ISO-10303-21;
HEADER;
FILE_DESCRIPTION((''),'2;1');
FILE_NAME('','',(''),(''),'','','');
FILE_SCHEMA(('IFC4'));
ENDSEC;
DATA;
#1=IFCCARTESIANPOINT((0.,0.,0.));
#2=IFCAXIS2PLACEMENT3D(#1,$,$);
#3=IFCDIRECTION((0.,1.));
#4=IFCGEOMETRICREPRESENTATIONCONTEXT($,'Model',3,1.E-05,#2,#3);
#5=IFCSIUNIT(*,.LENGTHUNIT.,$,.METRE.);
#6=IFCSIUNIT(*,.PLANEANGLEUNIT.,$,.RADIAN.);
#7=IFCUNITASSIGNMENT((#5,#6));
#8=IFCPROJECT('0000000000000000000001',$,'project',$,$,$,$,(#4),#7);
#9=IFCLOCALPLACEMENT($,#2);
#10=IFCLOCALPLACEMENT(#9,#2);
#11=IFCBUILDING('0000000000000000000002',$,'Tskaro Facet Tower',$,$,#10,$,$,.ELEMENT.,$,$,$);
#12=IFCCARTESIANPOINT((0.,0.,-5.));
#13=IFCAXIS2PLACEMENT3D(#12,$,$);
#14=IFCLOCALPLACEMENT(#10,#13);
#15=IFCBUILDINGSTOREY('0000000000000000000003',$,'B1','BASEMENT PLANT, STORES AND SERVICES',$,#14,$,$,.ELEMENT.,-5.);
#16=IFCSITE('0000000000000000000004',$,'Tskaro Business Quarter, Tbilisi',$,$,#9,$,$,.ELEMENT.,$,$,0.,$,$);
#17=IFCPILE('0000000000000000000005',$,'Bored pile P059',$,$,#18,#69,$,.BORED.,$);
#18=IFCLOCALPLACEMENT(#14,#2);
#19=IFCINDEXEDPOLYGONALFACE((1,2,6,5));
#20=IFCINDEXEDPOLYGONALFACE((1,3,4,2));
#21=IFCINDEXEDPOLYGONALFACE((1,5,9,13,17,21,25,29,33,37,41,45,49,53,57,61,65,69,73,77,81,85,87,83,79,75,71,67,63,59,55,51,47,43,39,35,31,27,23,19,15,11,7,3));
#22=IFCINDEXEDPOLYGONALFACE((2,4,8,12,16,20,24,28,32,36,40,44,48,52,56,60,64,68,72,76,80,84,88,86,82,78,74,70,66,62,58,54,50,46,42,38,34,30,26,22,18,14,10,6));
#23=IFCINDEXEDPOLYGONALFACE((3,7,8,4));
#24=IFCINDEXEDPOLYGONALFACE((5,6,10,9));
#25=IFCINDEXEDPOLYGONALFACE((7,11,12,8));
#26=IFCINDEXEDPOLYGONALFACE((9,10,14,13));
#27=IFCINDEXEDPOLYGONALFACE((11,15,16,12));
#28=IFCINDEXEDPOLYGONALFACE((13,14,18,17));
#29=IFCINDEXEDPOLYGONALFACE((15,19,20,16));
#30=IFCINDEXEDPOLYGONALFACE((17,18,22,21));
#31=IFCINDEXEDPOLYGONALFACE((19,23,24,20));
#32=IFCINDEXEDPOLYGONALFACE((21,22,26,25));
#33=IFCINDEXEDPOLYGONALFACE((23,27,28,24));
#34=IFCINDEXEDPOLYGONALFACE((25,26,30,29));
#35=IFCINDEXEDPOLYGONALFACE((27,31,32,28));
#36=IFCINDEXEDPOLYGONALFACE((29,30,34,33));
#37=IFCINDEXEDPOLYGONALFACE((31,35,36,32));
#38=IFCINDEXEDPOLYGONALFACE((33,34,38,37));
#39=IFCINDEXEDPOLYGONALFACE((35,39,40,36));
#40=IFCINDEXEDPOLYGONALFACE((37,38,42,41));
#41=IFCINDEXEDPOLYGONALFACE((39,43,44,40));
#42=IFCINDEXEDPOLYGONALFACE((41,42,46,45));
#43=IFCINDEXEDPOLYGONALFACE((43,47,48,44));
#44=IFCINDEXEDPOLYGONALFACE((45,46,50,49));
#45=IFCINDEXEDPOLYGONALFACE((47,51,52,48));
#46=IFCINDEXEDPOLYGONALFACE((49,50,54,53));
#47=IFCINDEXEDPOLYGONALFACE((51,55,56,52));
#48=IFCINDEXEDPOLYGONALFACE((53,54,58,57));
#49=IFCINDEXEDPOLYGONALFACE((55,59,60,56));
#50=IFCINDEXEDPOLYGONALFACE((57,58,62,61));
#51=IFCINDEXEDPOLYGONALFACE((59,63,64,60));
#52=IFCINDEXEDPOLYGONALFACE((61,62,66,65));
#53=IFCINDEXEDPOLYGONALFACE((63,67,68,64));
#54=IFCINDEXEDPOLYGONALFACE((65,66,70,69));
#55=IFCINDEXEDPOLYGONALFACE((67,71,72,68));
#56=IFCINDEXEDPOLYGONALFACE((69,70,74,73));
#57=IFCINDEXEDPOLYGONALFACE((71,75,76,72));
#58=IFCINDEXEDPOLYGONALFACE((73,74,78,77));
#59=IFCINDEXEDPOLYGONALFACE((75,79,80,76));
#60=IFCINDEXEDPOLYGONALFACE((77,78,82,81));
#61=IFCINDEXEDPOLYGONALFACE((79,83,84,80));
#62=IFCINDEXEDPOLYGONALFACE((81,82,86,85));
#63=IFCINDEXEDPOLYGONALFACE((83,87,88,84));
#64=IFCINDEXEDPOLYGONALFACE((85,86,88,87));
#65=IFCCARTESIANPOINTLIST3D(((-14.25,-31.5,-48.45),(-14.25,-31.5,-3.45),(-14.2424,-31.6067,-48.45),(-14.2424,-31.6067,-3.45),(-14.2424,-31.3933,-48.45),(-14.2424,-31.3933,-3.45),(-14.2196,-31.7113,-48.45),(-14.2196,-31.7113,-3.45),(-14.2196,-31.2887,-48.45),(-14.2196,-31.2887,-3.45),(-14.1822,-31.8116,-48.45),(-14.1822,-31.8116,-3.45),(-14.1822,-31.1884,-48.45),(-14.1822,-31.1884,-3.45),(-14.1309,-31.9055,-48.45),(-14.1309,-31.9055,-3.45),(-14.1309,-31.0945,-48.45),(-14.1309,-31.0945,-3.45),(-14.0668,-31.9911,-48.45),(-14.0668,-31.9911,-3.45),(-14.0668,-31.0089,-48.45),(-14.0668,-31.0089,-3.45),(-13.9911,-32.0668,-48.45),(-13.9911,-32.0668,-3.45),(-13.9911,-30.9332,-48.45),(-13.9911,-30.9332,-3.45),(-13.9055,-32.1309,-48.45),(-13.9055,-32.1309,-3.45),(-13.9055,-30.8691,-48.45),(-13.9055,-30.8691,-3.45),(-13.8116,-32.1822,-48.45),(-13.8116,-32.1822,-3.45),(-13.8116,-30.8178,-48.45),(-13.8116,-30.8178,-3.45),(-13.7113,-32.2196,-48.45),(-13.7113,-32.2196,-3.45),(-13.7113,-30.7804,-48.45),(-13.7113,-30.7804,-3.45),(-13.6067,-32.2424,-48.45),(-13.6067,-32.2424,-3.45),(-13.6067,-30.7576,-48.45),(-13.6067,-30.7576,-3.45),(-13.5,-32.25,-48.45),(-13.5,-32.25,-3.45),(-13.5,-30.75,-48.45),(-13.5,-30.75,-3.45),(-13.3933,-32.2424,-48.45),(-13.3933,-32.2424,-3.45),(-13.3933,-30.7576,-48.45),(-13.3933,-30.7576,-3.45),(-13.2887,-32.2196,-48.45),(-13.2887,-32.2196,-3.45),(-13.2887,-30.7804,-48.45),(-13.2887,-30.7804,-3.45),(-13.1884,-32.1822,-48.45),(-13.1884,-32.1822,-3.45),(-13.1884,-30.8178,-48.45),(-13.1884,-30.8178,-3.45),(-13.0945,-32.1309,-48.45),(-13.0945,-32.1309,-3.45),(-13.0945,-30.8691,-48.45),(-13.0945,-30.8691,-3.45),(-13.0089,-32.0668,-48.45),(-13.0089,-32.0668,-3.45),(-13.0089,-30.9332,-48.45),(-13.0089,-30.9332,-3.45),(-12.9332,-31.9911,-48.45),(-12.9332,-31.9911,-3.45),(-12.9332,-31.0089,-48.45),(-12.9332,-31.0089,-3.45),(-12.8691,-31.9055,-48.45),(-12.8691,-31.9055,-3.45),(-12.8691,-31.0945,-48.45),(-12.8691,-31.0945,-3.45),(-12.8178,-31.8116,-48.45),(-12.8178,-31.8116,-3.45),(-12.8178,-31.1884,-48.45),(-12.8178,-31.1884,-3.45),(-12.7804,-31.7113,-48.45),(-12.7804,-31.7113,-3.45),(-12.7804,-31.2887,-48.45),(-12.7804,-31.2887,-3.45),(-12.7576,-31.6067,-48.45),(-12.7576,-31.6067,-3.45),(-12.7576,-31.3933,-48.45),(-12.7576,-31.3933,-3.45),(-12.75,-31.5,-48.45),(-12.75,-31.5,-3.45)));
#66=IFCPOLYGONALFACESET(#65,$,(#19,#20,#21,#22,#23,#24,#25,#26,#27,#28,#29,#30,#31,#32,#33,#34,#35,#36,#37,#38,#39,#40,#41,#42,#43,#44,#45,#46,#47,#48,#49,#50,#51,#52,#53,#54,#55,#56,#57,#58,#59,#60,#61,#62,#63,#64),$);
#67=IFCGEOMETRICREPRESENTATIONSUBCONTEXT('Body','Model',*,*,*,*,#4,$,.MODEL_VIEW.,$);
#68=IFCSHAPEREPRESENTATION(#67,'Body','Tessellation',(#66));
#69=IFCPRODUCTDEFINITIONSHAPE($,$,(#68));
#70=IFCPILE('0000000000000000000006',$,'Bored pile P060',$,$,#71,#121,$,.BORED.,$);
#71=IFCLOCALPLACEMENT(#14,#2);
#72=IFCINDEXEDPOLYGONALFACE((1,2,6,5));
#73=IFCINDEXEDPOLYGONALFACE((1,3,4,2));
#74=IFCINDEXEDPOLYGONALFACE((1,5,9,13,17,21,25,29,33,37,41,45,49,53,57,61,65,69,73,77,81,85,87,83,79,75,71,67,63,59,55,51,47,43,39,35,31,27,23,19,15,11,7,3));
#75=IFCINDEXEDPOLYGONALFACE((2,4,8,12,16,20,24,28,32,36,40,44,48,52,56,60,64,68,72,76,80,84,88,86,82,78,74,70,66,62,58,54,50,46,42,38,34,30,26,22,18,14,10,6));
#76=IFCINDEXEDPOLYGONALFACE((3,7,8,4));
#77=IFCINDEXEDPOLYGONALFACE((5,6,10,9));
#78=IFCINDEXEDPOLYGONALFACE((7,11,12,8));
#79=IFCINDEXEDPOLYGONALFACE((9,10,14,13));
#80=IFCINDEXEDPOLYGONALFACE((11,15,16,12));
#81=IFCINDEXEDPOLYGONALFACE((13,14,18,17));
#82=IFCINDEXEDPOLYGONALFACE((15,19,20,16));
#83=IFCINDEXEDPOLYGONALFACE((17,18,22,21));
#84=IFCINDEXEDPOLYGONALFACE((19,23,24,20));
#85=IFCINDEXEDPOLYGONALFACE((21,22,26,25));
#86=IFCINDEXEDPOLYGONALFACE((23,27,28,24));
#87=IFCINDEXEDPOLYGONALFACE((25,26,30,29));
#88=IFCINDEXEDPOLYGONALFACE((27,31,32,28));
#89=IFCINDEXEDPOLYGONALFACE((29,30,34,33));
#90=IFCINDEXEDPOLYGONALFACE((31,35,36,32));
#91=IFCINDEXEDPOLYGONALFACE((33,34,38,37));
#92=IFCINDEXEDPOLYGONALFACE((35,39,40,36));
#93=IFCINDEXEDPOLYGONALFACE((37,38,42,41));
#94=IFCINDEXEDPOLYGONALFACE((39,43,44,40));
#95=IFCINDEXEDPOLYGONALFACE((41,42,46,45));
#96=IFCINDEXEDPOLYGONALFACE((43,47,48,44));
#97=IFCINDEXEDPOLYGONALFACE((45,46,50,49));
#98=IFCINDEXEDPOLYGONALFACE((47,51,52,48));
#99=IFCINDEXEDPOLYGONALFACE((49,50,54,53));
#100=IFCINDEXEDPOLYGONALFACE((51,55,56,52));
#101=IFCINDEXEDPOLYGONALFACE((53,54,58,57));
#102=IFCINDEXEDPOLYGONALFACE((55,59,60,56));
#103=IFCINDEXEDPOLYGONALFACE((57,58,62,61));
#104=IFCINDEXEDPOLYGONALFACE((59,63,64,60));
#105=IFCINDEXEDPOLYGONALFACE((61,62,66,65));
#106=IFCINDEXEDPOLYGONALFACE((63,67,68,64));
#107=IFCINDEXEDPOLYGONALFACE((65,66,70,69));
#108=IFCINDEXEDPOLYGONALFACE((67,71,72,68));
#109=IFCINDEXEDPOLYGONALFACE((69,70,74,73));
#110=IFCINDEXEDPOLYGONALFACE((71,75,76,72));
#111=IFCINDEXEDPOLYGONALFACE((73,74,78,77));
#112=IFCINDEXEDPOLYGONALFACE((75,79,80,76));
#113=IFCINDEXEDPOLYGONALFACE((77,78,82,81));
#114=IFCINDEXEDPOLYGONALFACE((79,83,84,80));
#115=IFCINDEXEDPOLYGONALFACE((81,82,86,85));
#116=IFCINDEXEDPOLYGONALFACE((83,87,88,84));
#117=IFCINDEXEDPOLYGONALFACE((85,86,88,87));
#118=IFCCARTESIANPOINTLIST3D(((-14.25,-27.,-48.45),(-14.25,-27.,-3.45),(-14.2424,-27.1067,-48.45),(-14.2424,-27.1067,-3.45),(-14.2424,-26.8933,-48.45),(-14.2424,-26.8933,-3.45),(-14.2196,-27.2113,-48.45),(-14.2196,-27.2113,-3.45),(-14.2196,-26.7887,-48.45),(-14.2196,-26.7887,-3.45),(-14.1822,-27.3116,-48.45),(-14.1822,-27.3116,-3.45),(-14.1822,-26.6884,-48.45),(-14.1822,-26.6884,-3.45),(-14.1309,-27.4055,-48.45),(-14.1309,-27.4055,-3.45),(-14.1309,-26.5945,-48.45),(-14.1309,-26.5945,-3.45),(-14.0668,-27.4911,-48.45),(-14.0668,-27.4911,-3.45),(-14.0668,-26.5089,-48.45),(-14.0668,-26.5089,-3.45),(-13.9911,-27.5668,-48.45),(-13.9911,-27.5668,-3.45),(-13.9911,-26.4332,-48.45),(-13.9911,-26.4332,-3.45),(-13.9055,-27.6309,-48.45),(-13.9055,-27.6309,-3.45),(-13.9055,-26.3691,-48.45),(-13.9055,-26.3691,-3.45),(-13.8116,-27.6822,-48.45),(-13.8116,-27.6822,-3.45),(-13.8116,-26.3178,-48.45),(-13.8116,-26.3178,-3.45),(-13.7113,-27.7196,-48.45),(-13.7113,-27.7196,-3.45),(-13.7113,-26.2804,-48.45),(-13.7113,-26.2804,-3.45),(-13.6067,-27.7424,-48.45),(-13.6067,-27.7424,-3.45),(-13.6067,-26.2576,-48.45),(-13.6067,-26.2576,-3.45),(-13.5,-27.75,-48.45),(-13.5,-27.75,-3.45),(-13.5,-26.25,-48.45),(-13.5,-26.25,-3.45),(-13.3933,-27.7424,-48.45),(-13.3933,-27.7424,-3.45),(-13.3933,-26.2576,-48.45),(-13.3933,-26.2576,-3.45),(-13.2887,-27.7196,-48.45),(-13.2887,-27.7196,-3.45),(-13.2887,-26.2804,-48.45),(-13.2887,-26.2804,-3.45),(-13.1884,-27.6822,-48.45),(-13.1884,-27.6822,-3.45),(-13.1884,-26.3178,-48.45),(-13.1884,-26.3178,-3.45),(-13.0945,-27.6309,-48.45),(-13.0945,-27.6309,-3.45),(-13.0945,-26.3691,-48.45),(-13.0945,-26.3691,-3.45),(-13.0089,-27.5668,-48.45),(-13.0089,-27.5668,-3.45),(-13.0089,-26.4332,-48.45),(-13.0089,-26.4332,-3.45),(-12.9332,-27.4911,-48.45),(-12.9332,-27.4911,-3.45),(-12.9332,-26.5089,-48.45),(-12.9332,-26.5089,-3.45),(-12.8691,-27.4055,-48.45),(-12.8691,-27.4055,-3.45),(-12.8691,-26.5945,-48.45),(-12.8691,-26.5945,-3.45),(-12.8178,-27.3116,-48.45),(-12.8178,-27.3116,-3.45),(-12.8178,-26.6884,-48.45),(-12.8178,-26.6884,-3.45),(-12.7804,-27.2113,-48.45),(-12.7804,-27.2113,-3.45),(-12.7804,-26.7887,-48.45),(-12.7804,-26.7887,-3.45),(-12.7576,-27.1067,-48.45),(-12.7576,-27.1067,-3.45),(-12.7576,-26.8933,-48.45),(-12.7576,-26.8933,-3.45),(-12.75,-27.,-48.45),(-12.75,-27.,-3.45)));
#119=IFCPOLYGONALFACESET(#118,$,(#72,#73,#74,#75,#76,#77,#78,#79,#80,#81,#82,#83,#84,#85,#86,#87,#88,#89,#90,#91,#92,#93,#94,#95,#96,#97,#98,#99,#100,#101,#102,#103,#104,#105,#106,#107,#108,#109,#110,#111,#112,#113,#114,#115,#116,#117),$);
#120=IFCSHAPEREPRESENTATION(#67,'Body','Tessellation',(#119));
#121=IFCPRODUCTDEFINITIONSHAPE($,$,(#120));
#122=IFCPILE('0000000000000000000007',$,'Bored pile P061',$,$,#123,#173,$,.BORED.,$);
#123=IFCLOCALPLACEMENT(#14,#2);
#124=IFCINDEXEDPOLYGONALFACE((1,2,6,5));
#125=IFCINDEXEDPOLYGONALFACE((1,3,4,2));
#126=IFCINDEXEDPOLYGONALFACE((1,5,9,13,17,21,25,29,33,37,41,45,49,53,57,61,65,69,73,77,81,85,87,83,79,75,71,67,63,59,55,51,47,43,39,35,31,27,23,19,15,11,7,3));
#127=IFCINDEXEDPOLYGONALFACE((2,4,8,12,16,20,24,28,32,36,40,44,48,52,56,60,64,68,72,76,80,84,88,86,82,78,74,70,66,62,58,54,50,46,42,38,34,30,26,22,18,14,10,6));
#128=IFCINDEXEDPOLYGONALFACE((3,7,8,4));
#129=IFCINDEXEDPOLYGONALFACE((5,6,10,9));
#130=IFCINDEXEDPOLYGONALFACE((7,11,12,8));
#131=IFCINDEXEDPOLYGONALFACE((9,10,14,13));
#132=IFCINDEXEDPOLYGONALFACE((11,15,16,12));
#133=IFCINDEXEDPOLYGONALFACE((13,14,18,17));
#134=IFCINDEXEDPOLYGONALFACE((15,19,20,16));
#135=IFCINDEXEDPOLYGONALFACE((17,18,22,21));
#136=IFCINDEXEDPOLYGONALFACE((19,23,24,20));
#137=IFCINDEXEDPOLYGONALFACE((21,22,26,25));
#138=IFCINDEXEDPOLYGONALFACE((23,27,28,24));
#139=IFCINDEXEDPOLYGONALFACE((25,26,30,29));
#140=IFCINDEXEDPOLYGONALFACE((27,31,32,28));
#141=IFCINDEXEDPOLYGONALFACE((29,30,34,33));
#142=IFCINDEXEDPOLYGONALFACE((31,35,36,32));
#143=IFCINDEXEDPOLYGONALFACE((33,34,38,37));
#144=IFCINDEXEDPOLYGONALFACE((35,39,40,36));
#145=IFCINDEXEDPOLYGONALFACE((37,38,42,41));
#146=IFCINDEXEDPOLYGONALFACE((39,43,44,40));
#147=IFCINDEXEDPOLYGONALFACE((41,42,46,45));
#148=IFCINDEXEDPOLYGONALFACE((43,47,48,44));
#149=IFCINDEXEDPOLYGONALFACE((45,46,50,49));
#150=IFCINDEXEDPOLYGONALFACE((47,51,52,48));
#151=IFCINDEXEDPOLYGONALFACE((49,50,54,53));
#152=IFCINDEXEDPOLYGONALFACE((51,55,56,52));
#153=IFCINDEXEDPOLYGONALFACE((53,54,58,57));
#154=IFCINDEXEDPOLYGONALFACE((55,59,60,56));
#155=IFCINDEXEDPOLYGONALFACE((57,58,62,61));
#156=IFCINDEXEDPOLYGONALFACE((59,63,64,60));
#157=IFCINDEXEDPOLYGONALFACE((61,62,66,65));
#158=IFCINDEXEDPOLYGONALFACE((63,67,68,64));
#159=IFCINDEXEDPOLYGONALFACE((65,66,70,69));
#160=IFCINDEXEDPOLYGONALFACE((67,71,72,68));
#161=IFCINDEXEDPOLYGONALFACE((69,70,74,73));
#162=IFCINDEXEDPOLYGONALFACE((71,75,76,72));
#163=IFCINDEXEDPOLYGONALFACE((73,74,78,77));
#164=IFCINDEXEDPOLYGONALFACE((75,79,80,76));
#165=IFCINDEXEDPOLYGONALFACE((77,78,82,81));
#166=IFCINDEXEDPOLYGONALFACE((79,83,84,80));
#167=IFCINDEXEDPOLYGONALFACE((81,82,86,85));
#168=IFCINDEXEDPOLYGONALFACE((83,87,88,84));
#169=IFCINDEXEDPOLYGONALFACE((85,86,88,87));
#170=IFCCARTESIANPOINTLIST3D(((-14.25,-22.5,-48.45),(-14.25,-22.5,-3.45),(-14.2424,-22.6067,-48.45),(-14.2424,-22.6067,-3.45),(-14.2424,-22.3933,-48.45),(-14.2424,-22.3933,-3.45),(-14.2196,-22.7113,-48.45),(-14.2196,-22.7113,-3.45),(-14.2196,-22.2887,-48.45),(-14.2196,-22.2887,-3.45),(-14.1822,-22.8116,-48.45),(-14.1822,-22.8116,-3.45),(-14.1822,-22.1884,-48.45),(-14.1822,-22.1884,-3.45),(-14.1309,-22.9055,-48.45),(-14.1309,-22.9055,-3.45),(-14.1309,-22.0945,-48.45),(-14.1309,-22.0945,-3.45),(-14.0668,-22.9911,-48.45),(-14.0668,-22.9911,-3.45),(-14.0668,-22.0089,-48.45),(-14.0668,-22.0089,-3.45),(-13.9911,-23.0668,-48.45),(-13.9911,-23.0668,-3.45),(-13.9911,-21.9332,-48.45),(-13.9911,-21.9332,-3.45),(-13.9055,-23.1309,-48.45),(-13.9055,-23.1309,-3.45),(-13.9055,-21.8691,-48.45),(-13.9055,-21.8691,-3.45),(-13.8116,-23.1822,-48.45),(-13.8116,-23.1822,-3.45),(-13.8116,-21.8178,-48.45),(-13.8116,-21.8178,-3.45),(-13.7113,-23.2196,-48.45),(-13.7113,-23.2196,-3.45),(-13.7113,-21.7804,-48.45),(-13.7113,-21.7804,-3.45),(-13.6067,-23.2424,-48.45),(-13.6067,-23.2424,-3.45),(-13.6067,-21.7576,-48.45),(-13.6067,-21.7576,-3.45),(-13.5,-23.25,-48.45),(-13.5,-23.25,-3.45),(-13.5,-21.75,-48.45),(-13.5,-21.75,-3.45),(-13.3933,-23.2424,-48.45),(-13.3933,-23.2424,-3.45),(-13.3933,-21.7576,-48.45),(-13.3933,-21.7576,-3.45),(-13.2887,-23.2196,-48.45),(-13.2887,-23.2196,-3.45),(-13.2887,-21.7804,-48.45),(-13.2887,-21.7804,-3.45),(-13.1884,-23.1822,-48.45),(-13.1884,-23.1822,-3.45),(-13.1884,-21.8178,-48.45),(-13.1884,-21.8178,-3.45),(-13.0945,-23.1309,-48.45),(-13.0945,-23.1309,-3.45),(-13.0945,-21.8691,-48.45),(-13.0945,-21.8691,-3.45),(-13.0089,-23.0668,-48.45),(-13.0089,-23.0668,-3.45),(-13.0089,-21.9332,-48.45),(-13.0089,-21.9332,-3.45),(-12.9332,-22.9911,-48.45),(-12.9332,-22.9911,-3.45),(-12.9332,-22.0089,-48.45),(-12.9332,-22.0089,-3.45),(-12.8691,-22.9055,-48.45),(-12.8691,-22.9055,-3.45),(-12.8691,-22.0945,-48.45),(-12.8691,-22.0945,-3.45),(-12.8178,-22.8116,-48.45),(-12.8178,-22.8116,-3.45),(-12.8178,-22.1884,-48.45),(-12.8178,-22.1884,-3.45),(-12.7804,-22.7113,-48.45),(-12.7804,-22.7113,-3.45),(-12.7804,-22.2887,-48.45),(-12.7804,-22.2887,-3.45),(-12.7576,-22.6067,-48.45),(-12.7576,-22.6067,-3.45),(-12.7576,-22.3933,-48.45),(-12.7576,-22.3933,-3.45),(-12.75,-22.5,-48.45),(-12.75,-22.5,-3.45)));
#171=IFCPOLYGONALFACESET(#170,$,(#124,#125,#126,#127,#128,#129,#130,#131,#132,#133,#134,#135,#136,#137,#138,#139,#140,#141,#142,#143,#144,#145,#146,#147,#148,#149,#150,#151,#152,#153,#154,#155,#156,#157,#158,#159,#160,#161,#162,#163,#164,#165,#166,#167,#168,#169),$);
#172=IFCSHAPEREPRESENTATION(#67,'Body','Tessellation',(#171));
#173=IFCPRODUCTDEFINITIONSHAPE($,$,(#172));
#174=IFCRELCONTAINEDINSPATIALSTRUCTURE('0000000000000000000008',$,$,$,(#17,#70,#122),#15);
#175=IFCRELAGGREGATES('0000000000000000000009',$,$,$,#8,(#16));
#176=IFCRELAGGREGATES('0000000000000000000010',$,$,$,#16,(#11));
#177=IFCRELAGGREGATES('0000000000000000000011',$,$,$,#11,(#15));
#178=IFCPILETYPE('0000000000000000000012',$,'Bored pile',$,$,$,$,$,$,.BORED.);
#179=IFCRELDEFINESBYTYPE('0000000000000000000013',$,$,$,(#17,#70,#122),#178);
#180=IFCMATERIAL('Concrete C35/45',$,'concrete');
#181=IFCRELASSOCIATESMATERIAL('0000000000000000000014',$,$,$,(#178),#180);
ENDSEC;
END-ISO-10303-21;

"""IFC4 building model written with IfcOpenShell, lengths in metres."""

from ifc_helpers import new_model, si_unit, direction, frame, origin, origin_2d, place, context, subcontext, project, spatial, circle, extrude, material, material_profile, profile_set, type_object, element, save


model = new_model("IFC4")

# Units and contexts
model_context = context("Model", 3, precision=1e-05, world=origin(), true_north=direction((0.0, 1.0)))
body_context = subcontext(model_context, "Body", "Model", "MODEL_VIEW")
ifc_project = project(units=[si_unit("LENGTHUNIT", "METRE"), si_unit("PLANEANGLEUNIT", "RADIAN")], contexts=[model_context])

# Site, building, storey
site_placement = place(None, origin())
site = spatial("IfcSite", under=ifc_project, at=site_placement, Name="Tskaro Business Quarter, Tbilisi", CompositionType="ELEMENT", RefElevation=0.0)
building_placement = place(site_placement, origin())
building = spatial("IfcBuilding", under=site, at=building_placement, Name="Tskaro Facet Tower", CompositionType="ELEMENT")
storey_placement = place(building_placement, frame((0.0, 0.0, -5.0)))
storey = spatial("IfcBuildingStorey", under=building, at=storey_placement, Name="B1", Description="BASEMENT PLANT, STORES AND SERVICES", CompositionType="ELEMENT", Elevation=-5.0)

# Piles
ifc_material_1 = material(Name="Concrete C35/45", Category="concrete")
ifc_material_profile_1 = material_profile(ifc_material_1, circle(Radius=0.75, at=origin_2d()), Name="Bored pile")
ifc_profile_set_1 = profile_set([ifc_material_profile_1], Name="Concrete C35/45")
pile_type = type_object("IfcPileType", Name="Bored pile", PredefinedType="BORED", material=ifc_profile_set_1)
for number, where, z_axis, x_axis, name in (
    (1, (-13.5, -31.5, -3.45), (0.0, 0.0, -1.0), (1.0, 0.0, 0.0), "Bored pile P059"),
    (2, (-13.5, -27.0, -3.45), (0.0, 0.0, -1.0), (1.0, 0.0, 0.0), "Bored pile P060"),
    (3, (-13.5, -22.5, -3.45), (0.0, 0.0, -1.0), (1.0, 0.0, 0.0), "Bored pile P061"),
):
    element("IfcPile", number, at=place(storey_placement, frame(where, z_axis=z_axis, x_axis=x_axis)), inside=storey, type_object=pile_type, Name=name, PredefinedType="BORED", context=body_context, shape_type="SweptSolid", body=[
        extrude(circle(Radius=0.75, at=origin_2d()), origin(), (0.0, 0.0, 1.0), 45.0),
    ])

save(model, "model.ifc")
